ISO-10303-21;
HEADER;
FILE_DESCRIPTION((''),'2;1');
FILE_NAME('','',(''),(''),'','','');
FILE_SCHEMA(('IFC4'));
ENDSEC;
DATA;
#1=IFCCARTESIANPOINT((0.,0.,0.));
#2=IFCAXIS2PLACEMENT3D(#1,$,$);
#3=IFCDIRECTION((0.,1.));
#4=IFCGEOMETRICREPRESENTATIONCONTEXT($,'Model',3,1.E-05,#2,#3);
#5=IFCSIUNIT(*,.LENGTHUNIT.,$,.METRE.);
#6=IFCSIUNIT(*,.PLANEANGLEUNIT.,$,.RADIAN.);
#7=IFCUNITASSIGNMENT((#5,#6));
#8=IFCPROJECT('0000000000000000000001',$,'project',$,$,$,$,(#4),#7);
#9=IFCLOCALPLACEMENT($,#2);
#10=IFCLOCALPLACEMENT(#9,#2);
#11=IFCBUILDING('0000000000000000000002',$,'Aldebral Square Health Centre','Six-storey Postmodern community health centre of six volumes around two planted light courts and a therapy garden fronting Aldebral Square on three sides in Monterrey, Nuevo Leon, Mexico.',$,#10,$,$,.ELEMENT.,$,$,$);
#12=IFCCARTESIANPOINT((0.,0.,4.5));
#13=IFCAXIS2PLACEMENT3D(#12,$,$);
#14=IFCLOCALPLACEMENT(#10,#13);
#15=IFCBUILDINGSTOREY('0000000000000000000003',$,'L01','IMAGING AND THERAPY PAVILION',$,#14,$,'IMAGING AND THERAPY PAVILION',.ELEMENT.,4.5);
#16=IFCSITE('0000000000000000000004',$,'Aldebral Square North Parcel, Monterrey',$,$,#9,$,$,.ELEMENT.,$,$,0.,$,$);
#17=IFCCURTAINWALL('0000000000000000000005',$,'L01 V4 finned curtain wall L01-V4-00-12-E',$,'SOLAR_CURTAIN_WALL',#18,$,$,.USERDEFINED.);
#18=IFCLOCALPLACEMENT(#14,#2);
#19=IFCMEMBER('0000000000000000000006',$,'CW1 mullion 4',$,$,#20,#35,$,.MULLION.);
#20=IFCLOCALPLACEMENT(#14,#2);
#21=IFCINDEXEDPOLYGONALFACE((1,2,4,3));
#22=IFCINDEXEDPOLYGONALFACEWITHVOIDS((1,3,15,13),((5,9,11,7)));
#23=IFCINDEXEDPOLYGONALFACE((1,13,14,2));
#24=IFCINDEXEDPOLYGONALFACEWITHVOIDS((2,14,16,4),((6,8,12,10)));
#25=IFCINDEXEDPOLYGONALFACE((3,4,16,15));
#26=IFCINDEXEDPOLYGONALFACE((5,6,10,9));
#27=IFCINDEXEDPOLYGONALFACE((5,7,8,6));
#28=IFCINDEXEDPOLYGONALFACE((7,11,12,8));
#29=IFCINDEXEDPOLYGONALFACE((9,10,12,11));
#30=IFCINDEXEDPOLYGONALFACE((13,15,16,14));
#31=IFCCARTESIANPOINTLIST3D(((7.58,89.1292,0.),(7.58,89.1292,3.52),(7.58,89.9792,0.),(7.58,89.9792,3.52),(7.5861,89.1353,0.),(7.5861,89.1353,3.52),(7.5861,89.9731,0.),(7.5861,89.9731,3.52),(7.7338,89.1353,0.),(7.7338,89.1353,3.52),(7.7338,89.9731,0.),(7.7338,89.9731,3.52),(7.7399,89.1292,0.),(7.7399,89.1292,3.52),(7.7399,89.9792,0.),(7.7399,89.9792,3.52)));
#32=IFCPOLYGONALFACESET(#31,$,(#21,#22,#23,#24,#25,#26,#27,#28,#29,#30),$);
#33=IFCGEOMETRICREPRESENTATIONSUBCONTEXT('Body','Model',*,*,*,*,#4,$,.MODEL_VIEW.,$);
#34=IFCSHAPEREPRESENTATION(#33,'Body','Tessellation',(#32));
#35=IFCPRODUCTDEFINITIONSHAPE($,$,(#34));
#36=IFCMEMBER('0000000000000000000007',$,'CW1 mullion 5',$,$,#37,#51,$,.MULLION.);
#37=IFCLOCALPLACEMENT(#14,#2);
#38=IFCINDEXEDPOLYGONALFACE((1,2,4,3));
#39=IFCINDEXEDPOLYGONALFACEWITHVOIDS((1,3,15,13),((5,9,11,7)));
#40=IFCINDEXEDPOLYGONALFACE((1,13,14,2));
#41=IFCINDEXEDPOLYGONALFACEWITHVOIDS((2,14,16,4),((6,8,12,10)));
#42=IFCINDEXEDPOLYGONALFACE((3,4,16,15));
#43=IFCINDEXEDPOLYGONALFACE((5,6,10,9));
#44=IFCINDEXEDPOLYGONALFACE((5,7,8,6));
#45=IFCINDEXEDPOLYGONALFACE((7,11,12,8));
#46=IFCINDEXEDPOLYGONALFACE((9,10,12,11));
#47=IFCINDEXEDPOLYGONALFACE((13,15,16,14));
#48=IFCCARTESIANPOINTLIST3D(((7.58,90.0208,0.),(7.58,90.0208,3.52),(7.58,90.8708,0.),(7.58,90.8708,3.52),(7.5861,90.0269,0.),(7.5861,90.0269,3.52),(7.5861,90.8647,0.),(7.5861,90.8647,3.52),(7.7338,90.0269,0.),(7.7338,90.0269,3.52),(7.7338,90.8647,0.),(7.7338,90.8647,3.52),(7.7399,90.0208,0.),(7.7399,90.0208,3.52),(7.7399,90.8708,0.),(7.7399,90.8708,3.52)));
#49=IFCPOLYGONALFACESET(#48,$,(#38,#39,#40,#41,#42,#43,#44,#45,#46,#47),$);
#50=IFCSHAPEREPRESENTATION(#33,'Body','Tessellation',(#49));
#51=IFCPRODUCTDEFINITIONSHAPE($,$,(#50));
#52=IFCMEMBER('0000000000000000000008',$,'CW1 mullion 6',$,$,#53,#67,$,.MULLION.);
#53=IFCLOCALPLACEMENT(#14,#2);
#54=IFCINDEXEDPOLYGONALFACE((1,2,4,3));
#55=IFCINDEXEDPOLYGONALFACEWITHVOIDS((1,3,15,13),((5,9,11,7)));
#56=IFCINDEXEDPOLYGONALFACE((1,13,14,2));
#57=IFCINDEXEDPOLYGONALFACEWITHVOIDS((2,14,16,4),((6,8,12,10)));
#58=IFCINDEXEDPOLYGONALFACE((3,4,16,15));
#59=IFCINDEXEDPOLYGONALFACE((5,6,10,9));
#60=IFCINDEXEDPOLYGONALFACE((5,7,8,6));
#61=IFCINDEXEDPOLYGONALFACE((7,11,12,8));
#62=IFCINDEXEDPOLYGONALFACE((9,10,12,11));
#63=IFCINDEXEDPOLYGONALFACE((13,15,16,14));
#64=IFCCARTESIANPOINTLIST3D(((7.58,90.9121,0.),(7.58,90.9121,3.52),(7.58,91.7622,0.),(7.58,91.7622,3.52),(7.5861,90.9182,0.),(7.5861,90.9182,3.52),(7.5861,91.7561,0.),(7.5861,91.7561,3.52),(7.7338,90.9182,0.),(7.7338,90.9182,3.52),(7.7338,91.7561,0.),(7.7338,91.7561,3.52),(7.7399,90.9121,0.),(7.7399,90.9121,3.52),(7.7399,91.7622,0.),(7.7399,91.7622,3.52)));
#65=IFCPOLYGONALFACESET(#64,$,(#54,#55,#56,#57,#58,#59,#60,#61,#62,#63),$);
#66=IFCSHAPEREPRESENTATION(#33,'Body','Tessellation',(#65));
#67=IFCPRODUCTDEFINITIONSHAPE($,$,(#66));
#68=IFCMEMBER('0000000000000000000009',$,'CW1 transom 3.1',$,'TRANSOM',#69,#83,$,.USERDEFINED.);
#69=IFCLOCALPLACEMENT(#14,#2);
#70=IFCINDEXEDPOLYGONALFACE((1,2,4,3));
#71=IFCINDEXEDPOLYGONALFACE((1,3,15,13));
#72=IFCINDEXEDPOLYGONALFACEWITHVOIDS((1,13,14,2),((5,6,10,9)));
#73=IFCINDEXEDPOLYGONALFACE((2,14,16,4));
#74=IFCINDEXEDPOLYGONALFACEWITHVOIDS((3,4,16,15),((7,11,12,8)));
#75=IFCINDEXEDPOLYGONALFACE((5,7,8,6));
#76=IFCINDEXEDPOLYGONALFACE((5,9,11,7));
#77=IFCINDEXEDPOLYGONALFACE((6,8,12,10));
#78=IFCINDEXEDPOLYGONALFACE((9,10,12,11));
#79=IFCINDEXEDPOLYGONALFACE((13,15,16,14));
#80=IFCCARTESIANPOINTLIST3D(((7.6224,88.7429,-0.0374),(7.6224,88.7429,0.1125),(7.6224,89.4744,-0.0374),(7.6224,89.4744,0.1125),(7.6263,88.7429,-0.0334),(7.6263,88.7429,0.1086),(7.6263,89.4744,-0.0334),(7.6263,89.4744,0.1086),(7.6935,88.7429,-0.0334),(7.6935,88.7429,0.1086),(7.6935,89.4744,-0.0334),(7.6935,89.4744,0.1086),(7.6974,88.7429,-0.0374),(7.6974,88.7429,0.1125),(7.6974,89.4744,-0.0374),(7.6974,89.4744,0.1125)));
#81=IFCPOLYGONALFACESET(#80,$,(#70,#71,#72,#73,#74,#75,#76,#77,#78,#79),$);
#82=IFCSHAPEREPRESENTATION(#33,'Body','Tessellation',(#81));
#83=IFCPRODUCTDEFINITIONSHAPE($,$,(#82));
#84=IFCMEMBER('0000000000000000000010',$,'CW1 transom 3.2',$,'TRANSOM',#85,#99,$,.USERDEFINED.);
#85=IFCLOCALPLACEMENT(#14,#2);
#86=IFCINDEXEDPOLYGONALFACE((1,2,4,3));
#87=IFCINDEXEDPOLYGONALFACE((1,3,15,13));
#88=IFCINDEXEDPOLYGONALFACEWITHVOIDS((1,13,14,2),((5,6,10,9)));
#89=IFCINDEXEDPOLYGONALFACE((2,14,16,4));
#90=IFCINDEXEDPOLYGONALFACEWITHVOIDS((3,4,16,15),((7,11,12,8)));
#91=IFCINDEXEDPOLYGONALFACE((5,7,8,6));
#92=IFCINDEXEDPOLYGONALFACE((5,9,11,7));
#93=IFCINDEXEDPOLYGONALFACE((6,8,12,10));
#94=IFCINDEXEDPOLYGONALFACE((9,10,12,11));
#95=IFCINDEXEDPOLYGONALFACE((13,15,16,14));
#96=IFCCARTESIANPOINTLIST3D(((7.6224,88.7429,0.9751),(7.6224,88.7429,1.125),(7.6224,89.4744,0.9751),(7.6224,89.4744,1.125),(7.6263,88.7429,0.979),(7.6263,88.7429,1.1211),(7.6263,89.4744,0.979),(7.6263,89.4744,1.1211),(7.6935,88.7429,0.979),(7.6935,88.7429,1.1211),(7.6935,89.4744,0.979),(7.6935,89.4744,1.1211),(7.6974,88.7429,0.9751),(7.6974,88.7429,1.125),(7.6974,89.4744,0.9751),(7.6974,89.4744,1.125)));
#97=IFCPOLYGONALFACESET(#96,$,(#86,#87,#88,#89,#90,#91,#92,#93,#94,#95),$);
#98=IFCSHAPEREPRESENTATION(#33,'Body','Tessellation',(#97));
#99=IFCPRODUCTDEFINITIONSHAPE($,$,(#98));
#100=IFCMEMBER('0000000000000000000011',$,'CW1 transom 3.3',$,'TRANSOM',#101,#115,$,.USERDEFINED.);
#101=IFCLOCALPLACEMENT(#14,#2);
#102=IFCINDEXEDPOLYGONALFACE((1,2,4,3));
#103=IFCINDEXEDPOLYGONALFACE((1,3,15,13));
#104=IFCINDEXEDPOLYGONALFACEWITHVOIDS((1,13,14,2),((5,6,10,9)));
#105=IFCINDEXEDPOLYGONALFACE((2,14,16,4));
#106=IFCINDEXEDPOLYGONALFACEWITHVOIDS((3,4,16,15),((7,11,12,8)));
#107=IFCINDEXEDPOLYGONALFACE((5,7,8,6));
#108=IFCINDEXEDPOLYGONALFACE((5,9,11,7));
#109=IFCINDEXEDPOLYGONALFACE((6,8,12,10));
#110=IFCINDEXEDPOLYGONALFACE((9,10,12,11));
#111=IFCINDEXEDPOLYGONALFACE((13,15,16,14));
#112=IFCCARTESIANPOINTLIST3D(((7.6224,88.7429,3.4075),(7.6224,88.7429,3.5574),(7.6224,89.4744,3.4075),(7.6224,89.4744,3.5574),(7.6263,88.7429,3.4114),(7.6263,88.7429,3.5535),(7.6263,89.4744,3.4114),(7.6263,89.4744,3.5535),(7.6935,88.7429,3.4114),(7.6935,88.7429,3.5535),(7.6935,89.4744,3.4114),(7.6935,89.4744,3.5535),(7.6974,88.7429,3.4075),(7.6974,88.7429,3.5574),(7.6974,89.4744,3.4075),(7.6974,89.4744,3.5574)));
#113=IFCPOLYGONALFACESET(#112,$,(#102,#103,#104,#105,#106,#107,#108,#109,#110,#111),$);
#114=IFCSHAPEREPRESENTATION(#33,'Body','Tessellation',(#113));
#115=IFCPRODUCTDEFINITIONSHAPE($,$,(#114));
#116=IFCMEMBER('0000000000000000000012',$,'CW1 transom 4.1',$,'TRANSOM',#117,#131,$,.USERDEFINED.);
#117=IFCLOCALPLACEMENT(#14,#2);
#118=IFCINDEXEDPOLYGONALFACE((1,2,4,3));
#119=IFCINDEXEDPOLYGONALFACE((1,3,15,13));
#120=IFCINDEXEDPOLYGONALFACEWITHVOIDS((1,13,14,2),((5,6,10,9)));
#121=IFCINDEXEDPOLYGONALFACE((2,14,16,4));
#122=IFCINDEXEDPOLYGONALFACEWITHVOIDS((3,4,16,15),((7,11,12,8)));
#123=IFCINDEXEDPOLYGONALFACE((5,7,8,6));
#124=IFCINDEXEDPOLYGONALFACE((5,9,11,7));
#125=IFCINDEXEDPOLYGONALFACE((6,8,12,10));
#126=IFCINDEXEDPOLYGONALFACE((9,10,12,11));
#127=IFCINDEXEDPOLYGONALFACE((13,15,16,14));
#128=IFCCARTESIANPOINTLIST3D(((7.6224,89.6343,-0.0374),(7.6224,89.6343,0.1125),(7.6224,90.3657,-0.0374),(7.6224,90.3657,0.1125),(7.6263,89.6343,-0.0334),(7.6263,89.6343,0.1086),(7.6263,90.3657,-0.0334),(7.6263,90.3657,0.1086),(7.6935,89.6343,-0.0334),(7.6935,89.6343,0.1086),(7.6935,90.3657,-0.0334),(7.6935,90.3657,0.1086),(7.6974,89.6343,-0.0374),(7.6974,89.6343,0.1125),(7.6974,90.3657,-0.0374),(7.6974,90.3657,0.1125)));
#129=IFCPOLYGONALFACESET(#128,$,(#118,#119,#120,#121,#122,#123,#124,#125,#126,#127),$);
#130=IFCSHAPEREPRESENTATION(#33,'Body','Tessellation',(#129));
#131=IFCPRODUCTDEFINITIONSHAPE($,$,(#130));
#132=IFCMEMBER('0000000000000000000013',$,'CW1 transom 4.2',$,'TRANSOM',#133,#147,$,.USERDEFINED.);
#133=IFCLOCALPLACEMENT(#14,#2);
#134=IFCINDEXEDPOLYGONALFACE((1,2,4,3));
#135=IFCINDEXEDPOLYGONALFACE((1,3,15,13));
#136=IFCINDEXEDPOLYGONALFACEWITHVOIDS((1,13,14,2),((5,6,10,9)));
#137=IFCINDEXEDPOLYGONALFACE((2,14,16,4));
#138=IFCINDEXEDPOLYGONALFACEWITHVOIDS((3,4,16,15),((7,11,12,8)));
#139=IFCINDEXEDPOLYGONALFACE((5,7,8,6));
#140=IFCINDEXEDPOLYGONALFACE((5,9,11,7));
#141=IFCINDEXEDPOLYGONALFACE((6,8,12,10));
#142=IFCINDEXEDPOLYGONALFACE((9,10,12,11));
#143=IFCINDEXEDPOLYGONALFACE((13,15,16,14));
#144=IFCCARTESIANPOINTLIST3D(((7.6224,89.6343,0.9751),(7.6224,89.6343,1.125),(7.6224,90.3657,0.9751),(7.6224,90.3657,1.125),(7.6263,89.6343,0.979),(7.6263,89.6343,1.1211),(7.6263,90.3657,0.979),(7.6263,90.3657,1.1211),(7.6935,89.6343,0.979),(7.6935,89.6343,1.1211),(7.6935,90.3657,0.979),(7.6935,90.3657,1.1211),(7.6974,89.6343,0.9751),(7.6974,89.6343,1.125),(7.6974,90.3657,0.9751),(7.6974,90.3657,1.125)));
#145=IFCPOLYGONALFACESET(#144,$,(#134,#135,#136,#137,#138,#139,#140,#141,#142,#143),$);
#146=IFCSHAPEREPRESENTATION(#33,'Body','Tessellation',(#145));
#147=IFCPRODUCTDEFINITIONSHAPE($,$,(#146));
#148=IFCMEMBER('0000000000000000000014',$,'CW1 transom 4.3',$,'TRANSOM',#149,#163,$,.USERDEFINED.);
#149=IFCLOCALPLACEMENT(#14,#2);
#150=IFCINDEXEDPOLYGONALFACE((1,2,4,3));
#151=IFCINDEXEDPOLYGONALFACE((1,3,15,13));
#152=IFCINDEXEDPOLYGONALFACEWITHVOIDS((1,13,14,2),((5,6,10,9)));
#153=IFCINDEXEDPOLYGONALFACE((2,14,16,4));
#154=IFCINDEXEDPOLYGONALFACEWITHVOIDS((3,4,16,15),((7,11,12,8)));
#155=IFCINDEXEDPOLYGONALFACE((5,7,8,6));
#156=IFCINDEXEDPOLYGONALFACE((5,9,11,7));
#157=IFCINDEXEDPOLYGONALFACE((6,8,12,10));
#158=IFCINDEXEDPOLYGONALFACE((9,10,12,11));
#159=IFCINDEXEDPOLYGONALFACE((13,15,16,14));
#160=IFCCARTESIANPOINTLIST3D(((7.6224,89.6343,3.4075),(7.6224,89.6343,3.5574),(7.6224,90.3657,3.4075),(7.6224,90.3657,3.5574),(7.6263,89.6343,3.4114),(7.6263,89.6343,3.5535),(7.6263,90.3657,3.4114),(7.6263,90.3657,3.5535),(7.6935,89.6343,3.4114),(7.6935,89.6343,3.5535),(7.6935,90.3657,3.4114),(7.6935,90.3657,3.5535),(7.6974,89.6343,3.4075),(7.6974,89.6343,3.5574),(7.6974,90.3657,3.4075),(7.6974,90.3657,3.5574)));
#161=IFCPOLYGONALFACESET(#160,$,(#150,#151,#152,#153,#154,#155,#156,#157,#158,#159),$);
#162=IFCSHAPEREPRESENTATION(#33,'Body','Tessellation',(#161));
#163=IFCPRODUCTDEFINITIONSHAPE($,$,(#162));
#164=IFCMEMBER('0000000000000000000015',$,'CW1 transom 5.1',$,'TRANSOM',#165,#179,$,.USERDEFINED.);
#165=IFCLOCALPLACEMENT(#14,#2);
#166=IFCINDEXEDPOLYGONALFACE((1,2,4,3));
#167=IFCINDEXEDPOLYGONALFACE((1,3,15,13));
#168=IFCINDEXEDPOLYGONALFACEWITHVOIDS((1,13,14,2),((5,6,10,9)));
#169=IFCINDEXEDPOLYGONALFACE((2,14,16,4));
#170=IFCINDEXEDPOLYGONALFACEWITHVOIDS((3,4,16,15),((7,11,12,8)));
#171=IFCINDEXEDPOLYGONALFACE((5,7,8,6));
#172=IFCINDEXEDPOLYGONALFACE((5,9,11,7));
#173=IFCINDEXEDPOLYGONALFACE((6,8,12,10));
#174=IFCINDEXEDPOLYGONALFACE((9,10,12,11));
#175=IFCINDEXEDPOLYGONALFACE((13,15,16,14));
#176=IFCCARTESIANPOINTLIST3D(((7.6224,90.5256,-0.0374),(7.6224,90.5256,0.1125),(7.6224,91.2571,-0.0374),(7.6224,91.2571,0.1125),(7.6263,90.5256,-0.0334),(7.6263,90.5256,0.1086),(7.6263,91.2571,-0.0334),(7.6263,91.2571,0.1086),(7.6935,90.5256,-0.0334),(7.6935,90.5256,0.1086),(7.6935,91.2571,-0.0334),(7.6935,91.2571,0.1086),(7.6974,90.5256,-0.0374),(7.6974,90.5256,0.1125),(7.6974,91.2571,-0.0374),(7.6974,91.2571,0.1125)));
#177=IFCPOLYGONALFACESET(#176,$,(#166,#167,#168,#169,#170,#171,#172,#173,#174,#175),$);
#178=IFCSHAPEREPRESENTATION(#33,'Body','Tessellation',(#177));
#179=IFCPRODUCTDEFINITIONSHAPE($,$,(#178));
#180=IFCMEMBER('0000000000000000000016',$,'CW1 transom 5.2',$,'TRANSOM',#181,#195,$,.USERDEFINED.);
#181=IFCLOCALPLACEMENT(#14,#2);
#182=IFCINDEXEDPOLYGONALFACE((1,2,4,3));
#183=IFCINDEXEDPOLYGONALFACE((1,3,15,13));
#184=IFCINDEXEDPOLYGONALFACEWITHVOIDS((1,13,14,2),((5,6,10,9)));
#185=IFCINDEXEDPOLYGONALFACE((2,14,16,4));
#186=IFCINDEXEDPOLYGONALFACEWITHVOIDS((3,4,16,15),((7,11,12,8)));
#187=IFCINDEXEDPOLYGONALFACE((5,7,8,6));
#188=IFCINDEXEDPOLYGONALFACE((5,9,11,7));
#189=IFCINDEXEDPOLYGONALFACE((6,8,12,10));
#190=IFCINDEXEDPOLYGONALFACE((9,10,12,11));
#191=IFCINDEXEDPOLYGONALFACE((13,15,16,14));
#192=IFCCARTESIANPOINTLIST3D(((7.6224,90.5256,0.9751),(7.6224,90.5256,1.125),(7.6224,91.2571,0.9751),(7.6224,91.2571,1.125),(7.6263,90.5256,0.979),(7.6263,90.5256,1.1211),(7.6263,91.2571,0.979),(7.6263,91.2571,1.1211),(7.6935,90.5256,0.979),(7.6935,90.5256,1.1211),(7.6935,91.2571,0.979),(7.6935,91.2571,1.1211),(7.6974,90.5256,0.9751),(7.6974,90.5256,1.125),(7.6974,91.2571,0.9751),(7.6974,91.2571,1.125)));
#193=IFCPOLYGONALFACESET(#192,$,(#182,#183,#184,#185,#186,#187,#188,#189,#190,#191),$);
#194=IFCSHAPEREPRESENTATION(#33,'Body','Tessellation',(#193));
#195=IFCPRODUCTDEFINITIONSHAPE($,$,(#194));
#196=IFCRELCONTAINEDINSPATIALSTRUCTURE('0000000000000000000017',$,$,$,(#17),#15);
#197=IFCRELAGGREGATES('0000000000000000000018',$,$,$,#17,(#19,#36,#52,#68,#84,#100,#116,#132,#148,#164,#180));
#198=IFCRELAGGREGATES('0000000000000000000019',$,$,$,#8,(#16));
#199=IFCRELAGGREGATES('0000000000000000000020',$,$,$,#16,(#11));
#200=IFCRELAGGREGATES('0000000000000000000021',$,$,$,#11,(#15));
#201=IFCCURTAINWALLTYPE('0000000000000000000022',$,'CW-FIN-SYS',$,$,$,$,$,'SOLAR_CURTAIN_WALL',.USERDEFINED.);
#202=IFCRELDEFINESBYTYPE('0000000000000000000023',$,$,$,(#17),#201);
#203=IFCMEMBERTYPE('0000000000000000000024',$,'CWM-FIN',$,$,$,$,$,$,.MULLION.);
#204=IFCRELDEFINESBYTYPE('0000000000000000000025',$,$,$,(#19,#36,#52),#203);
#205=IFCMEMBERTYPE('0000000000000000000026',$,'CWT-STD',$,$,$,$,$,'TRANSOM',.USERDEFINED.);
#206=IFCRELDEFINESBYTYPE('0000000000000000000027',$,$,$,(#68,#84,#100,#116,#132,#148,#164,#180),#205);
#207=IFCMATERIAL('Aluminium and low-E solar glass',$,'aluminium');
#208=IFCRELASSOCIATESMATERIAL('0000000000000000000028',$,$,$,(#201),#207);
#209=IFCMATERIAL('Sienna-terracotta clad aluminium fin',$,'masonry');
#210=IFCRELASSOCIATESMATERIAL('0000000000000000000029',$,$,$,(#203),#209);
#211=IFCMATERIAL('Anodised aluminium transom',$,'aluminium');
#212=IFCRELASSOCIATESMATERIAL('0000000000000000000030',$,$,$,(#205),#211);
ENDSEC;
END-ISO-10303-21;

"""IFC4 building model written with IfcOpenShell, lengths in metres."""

from ifc_helpers import new_model, si_unit, direction, frame, origin, origin_2d, place, context, subcontext, project, spatial, hollow_rectangle, extrude, material, material_profile, profile_set, type_object, element, aggregate, save


model = new_model("IFC4")

# Units and contexts
model_context = context("Model", 3, precision=1e-05, world=origin(), true_north=direction((0.0, 1.0)))
body_context = subcontext(model_context, "Body", "Model", "MODEL_VIEW")
ifc_project = project(units=[si_unit("LENGTHUNIT", "METRE"), si_unit("PLANEANGLEUNIT", "RADIAN")], contexts=[model_context])

# Site, building, storey
site_placement = place(None, origin())
site = spatial("IfcSite", under=ifc_project, at=site_placement, Name="Aldebral Square North Parcel, Monterrey", CompositionType="ELEMENT", RefElevation=0.0)
building_placement = place(site_placement, origin())
building = spatial("IfcBuilding", under=site, at=building_placement, Name="Aldebral Square Health Centre", Description="Six-storey Postmodern community health centre of six volumes around two planted light courts and a therapy garden fronting Aldebral Square on three sides in Monterrey, Nuevo Leon, Mexico.", CompositionType="ELEMENT")
storey_placement = place(building_placement, frame((0.0, 0.0, 4.5)))
storey = spatial("IfcBuildingStorey", under=building, at=storey_placement, Name="L01", Description="IMAGING AND THERAPY PAVILION", LongName="IMAGING AND THERAPY PAVILION", CompositionType="ELEMENT", Elevation=4.5)

# Curtain wall, members
ifc_material_1 = material(Name="Aluminium and low-E solar glass", Category="aluminium")
curtain_wall_type = type_object("IfcCurtainWallType", Name="CW-FIN-SYS", ElementType="SOLAR_CURTAIN_WALL", PredefinedType="USERDEFINED", material=ifc_material_1)
curtain_wall_placement = place(storey_placement, origin())
curtain_wall = element("IfcCurtainWall", 1, at=curtain_wall_placement, inside=storey, type_object=curtain_wall_type, Name="L01 V4 finned curtain wall L01-V4-00-12-E", ObjectType="SOLAR_CURTAIN_WALL", PredefinedType="USERDEFINED")
ifc_material_2 = material(Name="Sienna-terracotta clad aluminium fin", Category="masonry")
ifc_material_profile_1 = material_profile(ifc_material_2, hollow_rectangle(XDim=0.1599, YDim=0.8501, WallThickness=0.0061, at=origin_2d()), Name="FIN 160x850x6")
ifc_profile_set_1 = profile_set([ifc_material_profile_1], Name="Sienna-terracotta clad aluminium fin")
member_type_1 = type_object("IfcMemberType", Name="CWM-FIN", PredefinedType="MULLION", material=ifc_profile_set_1)
member_1_placement = place(storey_placement, frame((7.6599, 89.5542, 0.0), z_axis=(0.0, 0.0, 1.0), x_axis=(-1.0, 0.0, 0.0)))
member_1 = element("IfcMember", 2, at=member_1_placement, type_object=member_type_1, Name="CW1 mullion 4", PredefinedType="MULLION", context=body_context, shape_type="SweptSolid", body=[
    extrude(hollow_rectangle(XDim=0.1599, YDim=0.8501, WallThickness=0.0061, at=origin_2d()), origin(), (0.0, 0.0, 1.0), 3.52),
])
member_2_placement = place(storey_placement, frame((7.6599, 90.4458, 0.0), z_axis=(0.0, 0.0, 1.0), x_axis=(-1.0, 0.0, 0.0)))
member_2 = element("IfcMember", 3, at=member_2_placement, type_object=member_type_1, Name="CW1 mullion 5", PredefinedType="MULLION", context=body_context, shape_type="SweptSolid", body=[
    extrude(hollow_rectangle(XDim=0.1599, YDim=0.8501, WallThickness=0.0061, at=origin_2d()), origin(), (0.0, 0.0, 1.0), 3.52),
])
member_3_placement = place(storey_placement, frame((7.6599, 91.3372, 0.0), z_axis=(0.0, 0.0, 1.0), x_axis=(-1.0, 0.0, 0.0)))
member_3 = element("IfcMember", 4, at=member_3_placement, type_object=member_type_1, Name="CW1 mullion 6", PredefinedType="MULLION", context=body_context, shape_type="SweptSolid", body=[
    extrude(hollow_rectangle(XDim=0.1599, YDim=0.8501, WallThickness=0.0061, at=origin_2d()), origin(), (0.0, 0.0, 1.0), 3.52),
])
ifc_material_3 = material(Name="Anodised aluminium transom", Category="aluminium")
ifc_material_profile_2 = material_profile(ifc_material_3, hollow_rectangle(XDim=0.075, YDim=0.1499, WallThickness=0.0039, at=origin_2d()), Name="CWT 75x150x4")
ifc_profile_set_2 = profile_set([ifc_material_profile_2], Name="Anodised aluminium transom")
member_type_2 = type_object("IfcMemberType", Name="CWT-STD", ElementType="TRANSOM", PredefinedType="USERDEFINED", material=ifc_profile_set_2)
member_4_placement = place(storey_placement, frame((7.6599, 88.7429, 0.0376), z_axis=(0.0, 1.0, 0.0), x_axis=(-1.0, 0.0, 0.0)))
member_4 = element("IfcMember", 5, at=member_4_placement, type_object=member_type_2, Name="CW1 transom 3.1", ObjectType="TRANSOM", PredefinedType="USERDEFINED", context=body_context, shape_type="SweptSolid", body=[
    extrude(hollow_rectangle(XDim=0.075, YDim=0.1499, WallThickness=0.0039, at=origin_2d()), origin(), (0.0, 0.0, 1.0), 0.7314),
])
member_5_placement = place(storey_placement, frame((7.6599, 88.7429, 1.05), z_axis=(0.0, 1.0, 0.0), x_axis=(-1.0, 0.0, 0.0)))
member_5 = element("IfcMember", 6, at=member_5_placement, type_object=member_type_2, Name="CW1 transom 3.2", ObjectType="TRANSOM", PredefinedType="USERDEFINED", context=body_context, shape_type="SweptSolid", body=[
    extrude(hollow_rectangle(XDim=0.075, YDim=0.1499, WallThickness=0.0039, at=origin_2d()), origin(), (0.0, 0.0, 1.0), 0.7314),
])
member_6_placement = place(storey_placement, frame((7.6599, 88.7429, 3.4824), z_axis=(0.0, 1.0, 0.0), x_axis=(-1.0, 0.0, 0.0)))
member_6 = element("IfcMember", 7, at=member_6_placement, type_object=member_type_2, Name="CW1 transom 3.3", ObjectType="TRANSOM", PredefinedType="USERDEFINED", context=body_context, shape_type="SweptSolid", body=[
    extrude(hollow_rectangle(XDim=0.075, YDim=0.1499, WallThickness=0.0039, at=origin_2d()), origin(), (0.0, 0.0, 1.0), 0.7314),
])
member_7_placement = place(storey_placement, frame((7.6599, 89.6343, 0.0376), z_axis=(0.0, 1.0, 0.0), x_axis=(-1.0, 0.0, 0.0)))
member_7 = element("IfcMember", 8, at=member_7_placement, type_object=member_type_2, Name="CW1 transom 4.1", ObjectType="TRANSOM", PredefinedType="USERDEFINED", context=body_context, shape_type="SweptSolid", body=[
    extrude(hollow_rectangle(XDim=0.075, YDim=0.1499, WallThickness=0.0039, at=origin_2d()), origin(), (0.0, 0.0, 1.0), 0.7314),
])
member_8_placement = place(storey_placement, frame((7.6599, 89.6343, 1.05), z_axis=(0.0, 1.0, 0.0), x_axis=(-1.0, 0.0, 0.0)))
member_8 = element("IfcMember", 9, at=member_8_placement, type_object=member_type_2, Name="CW1 transom 4.2", ObjectType="TRANSOM", PredefinedType="USERDEFINED", context=body_context, shape_type="SweptSolid", body=[
    extrude(hollow_rectangle(XDim=0.075, YDim=0.1499, WallThickness=0.0039, at=origin_2d()), origin(), (0.0, 0.0, 1.0), 0.7314),
])
member_9_placement = place(storey_placement, frame((7.6599, 89.6343, 3.4824), z_axis=(0.0, 1.0, 0.0), x_axis=(-1.0, 0.0, 0.0)))
member_9 = element("IfcMember", 10, at=member_9_placement, type_object=member_type_2, Name="CW1 transom 4.3", ObjectType="TRANSOM", PredefinedType="USERDEFINED", context=body_context, shape_type="SweptSolid", body=[
    extrude(hollow_rectangle(XDim=0.075, YDim=0.1499, WallThickness=0.0039, at=origin_2d()), origin(), (0.0, 0.0, 1.0), 0.7314),
])
member_10_placement = place(storey_placement, frame((7.6599, 90.5256, 0.0376), z_axis=(0.0, 1.0, 0.0), x_axis=(-1.0, 0.0, 0.0)))
member_10 = element("IfcMember", 11, at=member_10_placement, type_object=member_type_2, Name="CW1 transom 5.1", ObjectType="TRANSOM", PredefinedType="USERDEFINED", context=body_context, shape_type="SweptSolid", body=[
    extrude(hollow_rectangle(XDim=0.075, YDim=0.1499, WallThickness=0.0039, at=origin_2d()), origin(), (0.0, 0.0, 1.0), 0.7314),
])
member_11_placement = place(storey_placement, frame((7.6599, 90.5256, 1.05), z_axis=(0.0, 1.0, 0.0), x_axis=(-1.0, 0.0, 0.0)))
member_11 = element("IfcMember", 12, at=member_11_placement, type_object=member_type_2, Name="CW1 transom 5.2", ObjectType="TRANSOM", PredefinedType="USERDEFINED", context=body_context, shape_type="SweptSolid", body=[
    extrude(hollow_rectangle(XDim=0.075, YDim=0.1499, WallThickness=0.0039, at=origin_2d()), origin(), (0.0, 0.0, 1.0), 0.7314),
])
aggregate(curtain_wall, [member_1, member_2, member_3, member_4, member_5, member_6, member_7, member_8, member_9, member_10, member_11])

save(model, "model.ifc")
